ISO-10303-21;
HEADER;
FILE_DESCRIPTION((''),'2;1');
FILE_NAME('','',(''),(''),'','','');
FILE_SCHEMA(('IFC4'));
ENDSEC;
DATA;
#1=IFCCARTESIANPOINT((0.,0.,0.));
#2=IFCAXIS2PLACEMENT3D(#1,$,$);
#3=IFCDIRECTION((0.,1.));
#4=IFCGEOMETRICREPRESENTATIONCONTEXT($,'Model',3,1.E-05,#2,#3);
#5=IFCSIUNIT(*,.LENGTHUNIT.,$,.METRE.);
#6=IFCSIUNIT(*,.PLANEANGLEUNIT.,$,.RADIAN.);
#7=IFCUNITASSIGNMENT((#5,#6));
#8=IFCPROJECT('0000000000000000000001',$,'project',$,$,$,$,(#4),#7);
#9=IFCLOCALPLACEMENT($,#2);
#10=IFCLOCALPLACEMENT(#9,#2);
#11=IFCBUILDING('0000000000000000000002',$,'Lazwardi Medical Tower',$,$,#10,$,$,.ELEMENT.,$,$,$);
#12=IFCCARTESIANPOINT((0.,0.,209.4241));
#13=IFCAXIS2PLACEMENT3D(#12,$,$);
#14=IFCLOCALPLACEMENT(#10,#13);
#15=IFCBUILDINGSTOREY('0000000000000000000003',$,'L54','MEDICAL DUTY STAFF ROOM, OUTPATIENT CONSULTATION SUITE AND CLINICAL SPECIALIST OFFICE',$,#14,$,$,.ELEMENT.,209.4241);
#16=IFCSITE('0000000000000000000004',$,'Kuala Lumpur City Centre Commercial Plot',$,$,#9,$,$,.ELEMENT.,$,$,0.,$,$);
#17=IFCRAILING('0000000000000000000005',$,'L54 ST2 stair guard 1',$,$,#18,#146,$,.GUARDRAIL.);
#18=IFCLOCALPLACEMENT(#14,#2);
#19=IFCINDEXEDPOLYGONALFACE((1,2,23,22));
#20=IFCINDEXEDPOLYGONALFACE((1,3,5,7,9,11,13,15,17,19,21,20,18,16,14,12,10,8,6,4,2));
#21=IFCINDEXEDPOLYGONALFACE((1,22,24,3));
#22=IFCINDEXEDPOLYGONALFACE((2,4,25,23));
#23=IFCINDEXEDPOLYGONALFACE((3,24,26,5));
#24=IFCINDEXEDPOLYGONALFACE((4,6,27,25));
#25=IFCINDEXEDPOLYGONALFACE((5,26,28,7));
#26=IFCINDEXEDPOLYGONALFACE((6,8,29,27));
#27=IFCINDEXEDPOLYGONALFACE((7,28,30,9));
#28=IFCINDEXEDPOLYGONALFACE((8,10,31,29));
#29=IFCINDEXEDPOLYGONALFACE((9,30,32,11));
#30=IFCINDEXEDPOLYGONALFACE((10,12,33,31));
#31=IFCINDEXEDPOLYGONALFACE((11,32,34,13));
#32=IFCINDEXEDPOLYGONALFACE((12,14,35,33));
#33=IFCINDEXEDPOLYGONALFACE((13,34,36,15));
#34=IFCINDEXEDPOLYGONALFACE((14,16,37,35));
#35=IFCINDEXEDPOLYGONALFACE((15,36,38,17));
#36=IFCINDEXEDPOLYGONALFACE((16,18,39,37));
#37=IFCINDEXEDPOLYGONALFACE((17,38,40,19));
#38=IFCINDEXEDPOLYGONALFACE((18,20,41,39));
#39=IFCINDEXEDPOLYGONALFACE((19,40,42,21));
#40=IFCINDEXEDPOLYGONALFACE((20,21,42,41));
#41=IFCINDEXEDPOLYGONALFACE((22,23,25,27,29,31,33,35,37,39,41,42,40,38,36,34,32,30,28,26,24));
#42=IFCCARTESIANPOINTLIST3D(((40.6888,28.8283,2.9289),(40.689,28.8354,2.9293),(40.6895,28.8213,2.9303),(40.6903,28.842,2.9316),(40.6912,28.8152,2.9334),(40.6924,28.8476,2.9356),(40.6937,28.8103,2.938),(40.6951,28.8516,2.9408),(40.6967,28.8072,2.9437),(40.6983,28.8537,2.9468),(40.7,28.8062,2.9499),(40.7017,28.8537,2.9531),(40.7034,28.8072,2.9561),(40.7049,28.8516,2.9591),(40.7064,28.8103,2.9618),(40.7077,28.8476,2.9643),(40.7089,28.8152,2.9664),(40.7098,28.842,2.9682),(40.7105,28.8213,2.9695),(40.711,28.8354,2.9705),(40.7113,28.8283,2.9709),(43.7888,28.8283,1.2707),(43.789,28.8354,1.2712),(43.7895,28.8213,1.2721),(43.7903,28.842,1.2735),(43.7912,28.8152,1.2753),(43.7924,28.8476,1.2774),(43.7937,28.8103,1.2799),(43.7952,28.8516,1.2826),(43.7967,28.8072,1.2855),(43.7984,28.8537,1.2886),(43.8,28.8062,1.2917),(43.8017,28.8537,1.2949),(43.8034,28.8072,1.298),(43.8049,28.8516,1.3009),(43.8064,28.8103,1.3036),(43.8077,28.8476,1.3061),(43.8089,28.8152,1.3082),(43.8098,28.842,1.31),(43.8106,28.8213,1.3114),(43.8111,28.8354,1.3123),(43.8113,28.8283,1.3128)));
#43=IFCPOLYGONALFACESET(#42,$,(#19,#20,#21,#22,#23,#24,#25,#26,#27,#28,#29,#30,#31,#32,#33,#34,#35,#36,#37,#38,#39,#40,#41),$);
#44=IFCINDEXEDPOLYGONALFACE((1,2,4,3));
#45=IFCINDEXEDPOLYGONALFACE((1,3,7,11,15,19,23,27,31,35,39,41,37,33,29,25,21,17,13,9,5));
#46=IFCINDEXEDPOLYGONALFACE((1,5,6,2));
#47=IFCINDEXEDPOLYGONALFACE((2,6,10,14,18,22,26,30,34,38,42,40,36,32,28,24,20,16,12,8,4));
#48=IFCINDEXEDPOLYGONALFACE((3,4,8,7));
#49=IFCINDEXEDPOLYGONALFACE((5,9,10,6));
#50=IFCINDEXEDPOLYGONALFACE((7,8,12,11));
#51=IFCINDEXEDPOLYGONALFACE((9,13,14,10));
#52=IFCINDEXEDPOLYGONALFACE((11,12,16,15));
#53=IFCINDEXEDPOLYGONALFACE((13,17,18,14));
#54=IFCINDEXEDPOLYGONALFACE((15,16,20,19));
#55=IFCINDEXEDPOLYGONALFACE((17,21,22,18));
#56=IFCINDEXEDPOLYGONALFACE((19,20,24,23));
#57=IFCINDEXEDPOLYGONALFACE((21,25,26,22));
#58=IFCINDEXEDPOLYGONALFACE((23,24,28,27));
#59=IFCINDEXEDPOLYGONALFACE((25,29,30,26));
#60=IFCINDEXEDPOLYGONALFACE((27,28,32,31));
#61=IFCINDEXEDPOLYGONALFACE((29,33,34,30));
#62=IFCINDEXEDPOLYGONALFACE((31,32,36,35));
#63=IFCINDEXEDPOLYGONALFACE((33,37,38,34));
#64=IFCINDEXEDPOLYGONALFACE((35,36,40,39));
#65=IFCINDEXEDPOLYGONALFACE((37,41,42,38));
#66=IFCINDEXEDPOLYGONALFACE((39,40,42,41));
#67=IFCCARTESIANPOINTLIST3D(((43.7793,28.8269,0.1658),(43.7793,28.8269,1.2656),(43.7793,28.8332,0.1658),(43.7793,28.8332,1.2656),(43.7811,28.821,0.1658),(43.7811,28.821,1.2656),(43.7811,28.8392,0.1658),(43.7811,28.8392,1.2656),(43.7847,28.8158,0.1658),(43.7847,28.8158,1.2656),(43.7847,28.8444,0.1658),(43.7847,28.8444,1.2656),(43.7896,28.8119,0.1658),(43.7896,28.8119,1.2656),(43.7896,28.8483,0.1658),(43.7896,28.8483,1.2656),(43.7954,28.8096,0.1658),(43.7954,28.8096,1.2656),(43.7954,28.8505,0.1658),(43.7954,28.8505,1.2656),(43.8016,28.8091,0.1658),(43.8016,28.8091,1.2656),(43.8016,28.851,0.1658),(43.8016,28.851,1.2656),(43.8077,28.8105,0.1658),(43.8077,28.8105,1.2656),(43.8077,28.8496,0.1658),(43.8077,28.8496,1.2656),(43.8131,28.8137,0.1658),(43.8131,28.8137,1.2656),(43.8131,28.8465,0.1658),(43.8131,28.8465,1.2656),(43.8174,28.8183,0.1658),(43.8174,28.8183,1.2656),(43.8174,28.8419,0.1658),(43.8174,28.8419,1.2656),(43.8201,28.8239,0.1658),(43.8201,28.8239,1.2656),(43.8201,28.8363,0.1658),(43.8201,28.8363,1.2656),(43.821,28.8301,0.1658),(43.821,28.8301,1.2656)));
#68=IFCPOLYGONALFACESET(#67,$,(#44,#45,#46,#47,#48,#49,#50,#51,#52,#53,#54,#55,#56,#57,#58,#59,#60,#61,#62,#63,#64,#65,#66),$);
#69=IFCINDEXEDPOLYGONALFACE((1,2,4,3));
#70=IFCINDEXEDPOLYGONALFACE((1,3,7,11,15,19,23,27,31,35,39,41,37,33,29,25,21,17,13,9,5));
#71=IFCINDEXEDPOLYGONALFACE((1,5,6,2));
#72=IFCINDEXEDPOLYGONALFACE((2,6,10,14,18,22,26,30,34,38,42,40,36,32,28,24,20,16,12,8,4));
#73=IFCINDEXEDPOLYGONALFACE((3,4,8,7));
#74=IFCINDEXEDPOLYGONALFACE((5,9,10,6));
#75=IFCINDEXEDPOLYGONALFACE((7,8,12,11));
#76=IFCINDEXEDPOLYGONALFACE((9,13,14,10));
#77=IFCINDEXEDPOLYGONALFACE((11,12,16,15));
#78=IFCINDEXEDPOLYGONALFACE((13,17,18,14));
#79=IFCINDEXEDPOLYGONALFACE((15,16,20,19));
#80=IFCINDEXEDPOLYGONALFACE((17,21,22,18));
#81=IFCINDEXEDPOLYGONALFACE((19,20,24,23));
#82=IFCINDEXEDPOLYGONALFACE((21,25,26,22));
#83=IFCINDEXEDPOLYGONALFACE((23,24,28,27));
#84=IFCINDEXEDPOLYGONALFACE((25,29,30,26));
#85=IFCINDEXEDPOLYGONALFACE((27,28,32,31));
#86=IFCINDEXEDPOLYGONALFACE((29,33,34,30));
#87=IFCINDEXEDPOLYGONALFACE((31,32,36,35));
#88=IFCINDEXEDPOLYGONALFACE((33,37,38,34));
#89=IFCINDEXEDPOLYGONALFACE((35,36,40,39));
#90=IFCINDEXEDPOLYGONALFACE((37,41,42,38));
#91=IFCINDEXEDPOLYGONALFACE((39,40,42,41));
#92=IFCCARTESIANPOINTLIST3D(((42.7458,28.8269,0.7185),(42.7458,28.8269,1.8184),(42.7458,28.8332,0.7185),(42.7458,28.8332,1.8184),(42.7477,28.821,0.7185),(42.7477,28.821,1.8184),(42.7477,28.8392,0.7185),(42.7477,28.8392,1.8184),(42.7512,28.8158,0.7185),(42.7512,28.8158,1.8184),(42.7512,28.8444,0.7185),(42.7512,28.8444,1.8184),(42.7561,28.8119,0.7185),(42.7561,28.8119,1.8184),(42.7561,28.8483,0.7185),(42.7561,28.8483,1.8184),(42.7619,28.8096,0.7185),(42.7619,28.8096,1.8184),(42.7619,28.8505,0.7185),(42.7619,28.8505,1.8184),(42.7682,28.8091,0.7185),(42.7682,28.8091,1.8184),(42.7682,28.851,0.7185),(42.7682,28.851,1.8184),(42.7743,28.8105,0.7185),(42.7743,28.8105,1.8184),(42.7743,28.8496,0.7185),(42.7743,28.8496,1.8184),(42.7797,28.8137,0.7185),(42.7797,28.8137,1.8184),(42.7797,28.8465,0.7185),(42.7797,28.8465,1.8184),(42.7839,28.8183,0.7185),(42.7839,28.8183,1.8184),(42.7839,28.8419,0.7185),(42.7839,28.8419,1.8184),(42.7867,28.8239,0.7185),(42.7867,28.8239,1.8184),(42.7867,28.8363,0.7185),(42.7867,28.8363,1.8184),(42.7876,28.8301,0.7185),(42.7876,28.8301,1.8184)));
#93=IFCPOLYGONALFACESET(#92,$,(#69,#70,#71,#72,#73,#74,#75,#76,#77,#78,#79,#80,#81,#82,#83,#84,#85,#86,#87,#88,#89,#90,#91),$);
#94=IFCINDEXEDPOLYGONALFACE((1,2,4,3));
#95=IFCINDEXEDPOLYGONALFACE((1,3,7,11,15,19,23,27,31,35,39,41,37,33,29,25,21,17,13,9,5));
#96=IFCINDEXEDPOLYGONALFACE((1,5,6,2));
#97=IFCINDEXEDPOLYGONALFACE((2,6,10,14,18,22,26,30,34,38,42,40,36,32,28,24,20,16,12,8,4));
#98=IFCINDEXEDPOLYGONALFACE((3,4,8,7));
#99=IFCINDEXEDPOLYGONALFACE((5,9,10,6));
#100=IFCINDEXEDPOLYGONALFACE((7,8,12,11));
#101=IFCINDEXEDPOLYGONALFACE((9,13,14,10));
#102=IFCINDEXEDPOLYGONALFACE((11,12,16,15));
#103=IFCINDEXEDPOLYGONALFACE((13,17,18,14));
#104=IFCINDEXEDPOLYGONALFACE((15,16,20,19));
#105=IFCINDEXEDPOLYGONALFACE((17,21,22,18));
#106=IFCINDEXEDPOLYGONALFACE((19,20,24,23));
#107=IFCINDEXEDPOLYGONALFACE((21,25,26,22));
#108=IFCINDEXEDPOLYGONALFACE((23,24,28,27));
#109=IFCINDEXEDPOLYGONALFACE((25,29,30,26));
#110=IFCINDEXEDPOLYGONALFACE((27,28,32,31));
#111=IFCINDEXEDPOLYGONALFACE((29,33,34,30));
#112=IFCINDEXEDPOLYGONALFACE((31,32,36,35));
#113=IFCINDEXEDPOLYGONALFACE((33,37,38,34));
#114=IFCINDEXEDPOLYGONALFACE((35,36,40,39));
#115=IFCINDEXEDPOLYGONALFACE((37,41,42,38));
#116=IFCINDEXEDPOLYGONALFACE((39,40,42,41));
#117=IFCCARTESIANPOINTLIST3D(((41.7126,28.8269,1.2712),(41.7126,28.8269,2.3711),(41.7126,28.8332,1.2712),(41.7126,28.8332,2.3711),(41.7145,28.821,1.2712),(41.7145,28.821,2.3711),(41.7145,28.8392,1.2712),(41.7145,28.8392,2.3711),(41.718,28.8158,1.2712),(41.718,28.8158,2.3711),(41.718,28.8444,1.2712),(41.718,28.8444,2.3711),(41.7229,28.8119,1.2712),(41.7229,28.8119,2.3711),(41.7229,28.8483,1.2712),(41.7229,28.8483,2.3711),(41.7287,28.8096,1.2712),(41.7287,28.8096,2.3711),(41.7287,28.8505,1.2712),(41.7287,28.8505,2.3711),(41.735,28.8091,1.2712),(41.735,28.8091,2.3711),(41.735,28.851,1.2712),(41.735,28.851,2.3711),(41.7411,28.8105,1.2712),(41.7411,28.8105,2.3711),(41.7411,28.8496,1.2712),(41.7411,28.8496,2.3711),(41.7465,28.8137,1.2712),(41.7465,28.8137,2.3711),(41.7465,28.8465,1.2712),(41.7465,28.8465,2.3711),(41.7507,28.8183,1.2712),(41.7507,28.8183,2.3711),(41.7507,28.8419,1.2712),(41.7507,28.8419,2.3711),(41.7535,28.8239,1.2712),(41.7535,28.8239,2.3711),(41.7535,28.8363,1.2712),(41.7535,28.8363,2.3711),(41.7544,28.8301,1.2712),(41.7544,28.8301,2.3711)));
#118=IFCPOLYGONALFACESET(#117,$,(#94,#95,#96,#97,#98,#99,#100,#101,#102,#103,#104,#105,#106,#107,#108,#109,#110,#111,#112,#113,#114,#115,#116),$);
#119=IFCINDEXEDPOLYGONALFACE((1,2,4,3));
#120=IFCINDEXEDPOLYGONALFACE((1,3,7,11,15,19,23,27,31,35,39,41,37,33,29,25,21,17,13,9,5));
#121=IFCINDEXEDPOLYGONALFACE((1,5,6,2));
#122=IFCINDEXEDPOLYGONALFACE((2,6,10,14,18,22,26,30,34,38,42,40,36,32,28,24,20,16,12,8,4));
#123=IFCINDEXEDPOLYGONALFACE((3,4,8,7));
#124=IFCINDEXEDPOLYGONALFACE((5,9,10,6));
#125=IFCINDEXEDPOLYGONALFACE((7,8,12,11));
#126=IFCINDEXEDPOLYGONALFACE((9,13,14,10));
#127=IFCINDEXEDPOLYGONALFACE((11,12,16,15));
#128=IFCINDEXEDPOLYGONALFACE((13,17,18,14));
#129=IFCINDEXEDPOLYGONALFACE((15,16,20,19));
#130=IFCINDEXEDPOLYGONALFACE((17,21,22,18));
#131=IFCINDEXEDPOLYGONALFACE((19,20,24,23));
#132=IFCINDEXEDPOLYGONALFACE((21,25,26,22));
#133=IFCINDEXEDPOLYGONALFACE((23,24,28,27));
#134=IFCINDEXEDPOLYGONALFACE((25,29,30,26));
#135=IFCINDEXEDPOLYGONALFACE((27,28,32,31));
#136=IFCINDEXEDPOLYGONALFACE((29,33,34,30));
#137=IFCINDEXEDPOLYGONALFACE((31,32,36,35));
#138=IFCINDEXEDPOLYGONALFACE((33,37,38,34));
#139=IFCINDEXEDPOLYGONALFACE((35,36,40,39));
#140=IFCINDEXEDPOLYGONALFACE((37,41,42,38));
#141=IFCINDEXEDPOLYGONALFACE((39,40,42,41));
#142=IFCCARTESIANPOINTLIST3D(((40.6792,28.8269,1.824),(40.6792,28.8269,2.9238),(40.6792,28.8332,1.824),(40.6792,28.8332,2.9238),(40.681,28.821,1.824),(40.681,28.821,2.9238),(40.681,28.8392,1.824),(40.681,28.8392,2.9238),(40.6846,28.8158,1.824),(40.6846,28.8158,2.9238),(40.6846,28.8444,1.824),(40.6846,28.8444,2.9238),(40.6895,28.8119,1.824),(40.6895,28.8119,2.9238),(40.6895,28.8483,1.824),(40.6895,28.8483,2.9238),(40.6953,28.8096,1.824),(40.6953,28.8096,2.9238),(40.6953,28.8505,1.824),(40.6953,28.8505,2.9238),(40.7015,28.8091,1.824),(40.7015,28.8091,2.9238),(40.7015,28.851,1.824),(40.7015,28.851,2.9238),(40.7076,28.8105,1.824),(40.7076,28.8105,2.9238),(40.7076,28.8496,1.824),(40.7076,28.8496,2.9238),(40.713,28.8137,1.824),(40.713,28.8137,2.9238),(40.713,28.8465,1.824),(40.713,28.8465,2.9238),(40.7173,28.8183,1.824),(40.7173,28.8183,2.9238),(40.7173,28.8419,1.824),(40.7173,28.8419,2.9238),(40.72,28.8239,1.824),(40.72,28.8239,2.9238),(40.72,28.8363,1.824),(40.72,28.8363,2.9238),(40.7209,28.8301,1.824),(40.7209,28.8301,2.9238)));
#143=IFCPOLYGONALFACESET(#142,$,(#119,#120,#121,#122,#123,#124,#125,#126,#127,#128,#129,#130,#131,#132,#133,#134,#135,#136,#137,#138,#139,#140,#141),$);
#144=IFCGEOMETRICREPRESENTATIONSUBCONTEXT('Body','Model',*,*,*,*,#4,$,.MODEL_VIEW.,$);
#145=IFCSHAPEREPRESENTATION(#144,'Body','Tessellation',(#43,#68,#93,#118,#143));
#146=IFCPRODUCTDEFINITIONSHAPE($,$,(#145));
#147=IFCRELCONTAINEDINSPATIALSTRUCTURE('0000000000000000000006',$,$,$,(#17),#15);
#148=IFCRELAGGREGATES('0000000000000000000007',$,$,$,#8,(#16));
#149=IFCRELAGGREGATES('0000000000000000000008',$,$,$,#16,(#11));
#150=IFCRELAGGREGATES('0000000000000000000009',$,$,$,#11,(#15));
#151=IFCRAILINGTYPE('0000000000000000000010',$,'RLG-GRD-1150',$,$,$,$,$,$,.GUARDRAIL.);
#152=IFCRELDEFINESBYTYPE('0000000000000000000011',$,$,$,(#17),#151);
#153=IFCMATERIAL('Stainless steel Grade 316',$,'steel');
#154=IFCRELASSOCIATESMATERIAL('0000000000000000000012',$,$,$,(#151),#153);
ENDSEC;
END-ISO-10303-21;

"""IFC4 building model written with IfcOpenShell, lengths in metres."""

from ifc_helpers import new_model, si_unit, direction, frame, origin, origin_2d, place, context, subcontext, project, spatial, circle, extrude, material, type_object, element, save


model = new_model("IFC4")

# Units and contexts
model_context = context("Model", 3, precision=1e-05, world=origin(), true_north=direction((0.0, 1.0)))
body_context = subcontext(model_context, "Body", "Model", "MODEL_VIEW")
ifc_project = project(units=[si_unit("LENGTHUNIT", "METRE"), si_unit("PLANEANGLEUNIT", "RADIAN")], contexts=[model_context])

# Site, building, storey
site_placement = place(None, origin())
site = spatial("IfcSite", under=ifc_project, at=site_placement, Name="Kuala Lumpur City Centre Commercial Plot", CompositionType="ELEMENT", RefElevation=0.0)
building_placement = place(site_placement, origin())
building = spatial("IfcBuilding", under=site, at=building_placement, Name="Lazwardi Medical Tower", CompositionType="ELEMENT")
storey_placement = place(building_placement, frame((0.0, 0.0, 209.4241)))
storey = spatial("IfcBuildingStorey", under=building, at=storey_placement, Name="L54", Description="MEDICAL DUTY STAFF ROOM, OUTPATIENT CONSULTATION SUITE AND CLINICAL SPECIALIST OFFICE", CompositionType="ELEMENT", Elevation=209.4241)

# Railing
ifc_material_1 = material(Name="Stainless steel Grade 316", Category="steel")
railing_type_1 = type_object("IfcRailingType", Name="RLG-GRD-1150", PredefinedType="GUARDRAIL", material=ifc_material_1)
railing_1_placement = place(storey_placement, frame((43.8, 28.8301, 0.1658)))
element("IfcRailing", 1, at=railing_1_placement, inside=storey, type_object=railing_type_1, Name="L54 ST2 stair guard 1", PredefinedType="GUARDRAIL", context=body_context, shape_type="SweptSolid", body=[
    extrude(circle(Radius=0.0239, at=origin_2d()), frame((0.0, 0.0, 1.126), z_axis=(-0.881783, 0.0, 0.471655), x_axis=(0.0, -1.0, 0.0)), (0.0, 0.0, 1.0), 3.5156),
    extrude(circle(Radius=0.021, at=origin_2d()), origin(), (0.0, 0.0, 1.0), 1.0999),
    extrude(circle(Radius=0.021, at=origin_2d()), frame((-1.0334, 0.0, 0.5527)), (0.0, 0.0, 1.0), 1.0999),
    extrude(circle(Radius=0.021, at=origin_2d()), frame((-2.0667, 0.0, 1.1055)), (0.0, 0.0, 1.0), 1.0999),
    extrude(circle(Radius=0.021, at=origin_2d()), frame((-3.1001, 0.0, 1.6582)), (0.0, 0.0, 1.0), 1.0999),
])

save(model, "model.ifc")
